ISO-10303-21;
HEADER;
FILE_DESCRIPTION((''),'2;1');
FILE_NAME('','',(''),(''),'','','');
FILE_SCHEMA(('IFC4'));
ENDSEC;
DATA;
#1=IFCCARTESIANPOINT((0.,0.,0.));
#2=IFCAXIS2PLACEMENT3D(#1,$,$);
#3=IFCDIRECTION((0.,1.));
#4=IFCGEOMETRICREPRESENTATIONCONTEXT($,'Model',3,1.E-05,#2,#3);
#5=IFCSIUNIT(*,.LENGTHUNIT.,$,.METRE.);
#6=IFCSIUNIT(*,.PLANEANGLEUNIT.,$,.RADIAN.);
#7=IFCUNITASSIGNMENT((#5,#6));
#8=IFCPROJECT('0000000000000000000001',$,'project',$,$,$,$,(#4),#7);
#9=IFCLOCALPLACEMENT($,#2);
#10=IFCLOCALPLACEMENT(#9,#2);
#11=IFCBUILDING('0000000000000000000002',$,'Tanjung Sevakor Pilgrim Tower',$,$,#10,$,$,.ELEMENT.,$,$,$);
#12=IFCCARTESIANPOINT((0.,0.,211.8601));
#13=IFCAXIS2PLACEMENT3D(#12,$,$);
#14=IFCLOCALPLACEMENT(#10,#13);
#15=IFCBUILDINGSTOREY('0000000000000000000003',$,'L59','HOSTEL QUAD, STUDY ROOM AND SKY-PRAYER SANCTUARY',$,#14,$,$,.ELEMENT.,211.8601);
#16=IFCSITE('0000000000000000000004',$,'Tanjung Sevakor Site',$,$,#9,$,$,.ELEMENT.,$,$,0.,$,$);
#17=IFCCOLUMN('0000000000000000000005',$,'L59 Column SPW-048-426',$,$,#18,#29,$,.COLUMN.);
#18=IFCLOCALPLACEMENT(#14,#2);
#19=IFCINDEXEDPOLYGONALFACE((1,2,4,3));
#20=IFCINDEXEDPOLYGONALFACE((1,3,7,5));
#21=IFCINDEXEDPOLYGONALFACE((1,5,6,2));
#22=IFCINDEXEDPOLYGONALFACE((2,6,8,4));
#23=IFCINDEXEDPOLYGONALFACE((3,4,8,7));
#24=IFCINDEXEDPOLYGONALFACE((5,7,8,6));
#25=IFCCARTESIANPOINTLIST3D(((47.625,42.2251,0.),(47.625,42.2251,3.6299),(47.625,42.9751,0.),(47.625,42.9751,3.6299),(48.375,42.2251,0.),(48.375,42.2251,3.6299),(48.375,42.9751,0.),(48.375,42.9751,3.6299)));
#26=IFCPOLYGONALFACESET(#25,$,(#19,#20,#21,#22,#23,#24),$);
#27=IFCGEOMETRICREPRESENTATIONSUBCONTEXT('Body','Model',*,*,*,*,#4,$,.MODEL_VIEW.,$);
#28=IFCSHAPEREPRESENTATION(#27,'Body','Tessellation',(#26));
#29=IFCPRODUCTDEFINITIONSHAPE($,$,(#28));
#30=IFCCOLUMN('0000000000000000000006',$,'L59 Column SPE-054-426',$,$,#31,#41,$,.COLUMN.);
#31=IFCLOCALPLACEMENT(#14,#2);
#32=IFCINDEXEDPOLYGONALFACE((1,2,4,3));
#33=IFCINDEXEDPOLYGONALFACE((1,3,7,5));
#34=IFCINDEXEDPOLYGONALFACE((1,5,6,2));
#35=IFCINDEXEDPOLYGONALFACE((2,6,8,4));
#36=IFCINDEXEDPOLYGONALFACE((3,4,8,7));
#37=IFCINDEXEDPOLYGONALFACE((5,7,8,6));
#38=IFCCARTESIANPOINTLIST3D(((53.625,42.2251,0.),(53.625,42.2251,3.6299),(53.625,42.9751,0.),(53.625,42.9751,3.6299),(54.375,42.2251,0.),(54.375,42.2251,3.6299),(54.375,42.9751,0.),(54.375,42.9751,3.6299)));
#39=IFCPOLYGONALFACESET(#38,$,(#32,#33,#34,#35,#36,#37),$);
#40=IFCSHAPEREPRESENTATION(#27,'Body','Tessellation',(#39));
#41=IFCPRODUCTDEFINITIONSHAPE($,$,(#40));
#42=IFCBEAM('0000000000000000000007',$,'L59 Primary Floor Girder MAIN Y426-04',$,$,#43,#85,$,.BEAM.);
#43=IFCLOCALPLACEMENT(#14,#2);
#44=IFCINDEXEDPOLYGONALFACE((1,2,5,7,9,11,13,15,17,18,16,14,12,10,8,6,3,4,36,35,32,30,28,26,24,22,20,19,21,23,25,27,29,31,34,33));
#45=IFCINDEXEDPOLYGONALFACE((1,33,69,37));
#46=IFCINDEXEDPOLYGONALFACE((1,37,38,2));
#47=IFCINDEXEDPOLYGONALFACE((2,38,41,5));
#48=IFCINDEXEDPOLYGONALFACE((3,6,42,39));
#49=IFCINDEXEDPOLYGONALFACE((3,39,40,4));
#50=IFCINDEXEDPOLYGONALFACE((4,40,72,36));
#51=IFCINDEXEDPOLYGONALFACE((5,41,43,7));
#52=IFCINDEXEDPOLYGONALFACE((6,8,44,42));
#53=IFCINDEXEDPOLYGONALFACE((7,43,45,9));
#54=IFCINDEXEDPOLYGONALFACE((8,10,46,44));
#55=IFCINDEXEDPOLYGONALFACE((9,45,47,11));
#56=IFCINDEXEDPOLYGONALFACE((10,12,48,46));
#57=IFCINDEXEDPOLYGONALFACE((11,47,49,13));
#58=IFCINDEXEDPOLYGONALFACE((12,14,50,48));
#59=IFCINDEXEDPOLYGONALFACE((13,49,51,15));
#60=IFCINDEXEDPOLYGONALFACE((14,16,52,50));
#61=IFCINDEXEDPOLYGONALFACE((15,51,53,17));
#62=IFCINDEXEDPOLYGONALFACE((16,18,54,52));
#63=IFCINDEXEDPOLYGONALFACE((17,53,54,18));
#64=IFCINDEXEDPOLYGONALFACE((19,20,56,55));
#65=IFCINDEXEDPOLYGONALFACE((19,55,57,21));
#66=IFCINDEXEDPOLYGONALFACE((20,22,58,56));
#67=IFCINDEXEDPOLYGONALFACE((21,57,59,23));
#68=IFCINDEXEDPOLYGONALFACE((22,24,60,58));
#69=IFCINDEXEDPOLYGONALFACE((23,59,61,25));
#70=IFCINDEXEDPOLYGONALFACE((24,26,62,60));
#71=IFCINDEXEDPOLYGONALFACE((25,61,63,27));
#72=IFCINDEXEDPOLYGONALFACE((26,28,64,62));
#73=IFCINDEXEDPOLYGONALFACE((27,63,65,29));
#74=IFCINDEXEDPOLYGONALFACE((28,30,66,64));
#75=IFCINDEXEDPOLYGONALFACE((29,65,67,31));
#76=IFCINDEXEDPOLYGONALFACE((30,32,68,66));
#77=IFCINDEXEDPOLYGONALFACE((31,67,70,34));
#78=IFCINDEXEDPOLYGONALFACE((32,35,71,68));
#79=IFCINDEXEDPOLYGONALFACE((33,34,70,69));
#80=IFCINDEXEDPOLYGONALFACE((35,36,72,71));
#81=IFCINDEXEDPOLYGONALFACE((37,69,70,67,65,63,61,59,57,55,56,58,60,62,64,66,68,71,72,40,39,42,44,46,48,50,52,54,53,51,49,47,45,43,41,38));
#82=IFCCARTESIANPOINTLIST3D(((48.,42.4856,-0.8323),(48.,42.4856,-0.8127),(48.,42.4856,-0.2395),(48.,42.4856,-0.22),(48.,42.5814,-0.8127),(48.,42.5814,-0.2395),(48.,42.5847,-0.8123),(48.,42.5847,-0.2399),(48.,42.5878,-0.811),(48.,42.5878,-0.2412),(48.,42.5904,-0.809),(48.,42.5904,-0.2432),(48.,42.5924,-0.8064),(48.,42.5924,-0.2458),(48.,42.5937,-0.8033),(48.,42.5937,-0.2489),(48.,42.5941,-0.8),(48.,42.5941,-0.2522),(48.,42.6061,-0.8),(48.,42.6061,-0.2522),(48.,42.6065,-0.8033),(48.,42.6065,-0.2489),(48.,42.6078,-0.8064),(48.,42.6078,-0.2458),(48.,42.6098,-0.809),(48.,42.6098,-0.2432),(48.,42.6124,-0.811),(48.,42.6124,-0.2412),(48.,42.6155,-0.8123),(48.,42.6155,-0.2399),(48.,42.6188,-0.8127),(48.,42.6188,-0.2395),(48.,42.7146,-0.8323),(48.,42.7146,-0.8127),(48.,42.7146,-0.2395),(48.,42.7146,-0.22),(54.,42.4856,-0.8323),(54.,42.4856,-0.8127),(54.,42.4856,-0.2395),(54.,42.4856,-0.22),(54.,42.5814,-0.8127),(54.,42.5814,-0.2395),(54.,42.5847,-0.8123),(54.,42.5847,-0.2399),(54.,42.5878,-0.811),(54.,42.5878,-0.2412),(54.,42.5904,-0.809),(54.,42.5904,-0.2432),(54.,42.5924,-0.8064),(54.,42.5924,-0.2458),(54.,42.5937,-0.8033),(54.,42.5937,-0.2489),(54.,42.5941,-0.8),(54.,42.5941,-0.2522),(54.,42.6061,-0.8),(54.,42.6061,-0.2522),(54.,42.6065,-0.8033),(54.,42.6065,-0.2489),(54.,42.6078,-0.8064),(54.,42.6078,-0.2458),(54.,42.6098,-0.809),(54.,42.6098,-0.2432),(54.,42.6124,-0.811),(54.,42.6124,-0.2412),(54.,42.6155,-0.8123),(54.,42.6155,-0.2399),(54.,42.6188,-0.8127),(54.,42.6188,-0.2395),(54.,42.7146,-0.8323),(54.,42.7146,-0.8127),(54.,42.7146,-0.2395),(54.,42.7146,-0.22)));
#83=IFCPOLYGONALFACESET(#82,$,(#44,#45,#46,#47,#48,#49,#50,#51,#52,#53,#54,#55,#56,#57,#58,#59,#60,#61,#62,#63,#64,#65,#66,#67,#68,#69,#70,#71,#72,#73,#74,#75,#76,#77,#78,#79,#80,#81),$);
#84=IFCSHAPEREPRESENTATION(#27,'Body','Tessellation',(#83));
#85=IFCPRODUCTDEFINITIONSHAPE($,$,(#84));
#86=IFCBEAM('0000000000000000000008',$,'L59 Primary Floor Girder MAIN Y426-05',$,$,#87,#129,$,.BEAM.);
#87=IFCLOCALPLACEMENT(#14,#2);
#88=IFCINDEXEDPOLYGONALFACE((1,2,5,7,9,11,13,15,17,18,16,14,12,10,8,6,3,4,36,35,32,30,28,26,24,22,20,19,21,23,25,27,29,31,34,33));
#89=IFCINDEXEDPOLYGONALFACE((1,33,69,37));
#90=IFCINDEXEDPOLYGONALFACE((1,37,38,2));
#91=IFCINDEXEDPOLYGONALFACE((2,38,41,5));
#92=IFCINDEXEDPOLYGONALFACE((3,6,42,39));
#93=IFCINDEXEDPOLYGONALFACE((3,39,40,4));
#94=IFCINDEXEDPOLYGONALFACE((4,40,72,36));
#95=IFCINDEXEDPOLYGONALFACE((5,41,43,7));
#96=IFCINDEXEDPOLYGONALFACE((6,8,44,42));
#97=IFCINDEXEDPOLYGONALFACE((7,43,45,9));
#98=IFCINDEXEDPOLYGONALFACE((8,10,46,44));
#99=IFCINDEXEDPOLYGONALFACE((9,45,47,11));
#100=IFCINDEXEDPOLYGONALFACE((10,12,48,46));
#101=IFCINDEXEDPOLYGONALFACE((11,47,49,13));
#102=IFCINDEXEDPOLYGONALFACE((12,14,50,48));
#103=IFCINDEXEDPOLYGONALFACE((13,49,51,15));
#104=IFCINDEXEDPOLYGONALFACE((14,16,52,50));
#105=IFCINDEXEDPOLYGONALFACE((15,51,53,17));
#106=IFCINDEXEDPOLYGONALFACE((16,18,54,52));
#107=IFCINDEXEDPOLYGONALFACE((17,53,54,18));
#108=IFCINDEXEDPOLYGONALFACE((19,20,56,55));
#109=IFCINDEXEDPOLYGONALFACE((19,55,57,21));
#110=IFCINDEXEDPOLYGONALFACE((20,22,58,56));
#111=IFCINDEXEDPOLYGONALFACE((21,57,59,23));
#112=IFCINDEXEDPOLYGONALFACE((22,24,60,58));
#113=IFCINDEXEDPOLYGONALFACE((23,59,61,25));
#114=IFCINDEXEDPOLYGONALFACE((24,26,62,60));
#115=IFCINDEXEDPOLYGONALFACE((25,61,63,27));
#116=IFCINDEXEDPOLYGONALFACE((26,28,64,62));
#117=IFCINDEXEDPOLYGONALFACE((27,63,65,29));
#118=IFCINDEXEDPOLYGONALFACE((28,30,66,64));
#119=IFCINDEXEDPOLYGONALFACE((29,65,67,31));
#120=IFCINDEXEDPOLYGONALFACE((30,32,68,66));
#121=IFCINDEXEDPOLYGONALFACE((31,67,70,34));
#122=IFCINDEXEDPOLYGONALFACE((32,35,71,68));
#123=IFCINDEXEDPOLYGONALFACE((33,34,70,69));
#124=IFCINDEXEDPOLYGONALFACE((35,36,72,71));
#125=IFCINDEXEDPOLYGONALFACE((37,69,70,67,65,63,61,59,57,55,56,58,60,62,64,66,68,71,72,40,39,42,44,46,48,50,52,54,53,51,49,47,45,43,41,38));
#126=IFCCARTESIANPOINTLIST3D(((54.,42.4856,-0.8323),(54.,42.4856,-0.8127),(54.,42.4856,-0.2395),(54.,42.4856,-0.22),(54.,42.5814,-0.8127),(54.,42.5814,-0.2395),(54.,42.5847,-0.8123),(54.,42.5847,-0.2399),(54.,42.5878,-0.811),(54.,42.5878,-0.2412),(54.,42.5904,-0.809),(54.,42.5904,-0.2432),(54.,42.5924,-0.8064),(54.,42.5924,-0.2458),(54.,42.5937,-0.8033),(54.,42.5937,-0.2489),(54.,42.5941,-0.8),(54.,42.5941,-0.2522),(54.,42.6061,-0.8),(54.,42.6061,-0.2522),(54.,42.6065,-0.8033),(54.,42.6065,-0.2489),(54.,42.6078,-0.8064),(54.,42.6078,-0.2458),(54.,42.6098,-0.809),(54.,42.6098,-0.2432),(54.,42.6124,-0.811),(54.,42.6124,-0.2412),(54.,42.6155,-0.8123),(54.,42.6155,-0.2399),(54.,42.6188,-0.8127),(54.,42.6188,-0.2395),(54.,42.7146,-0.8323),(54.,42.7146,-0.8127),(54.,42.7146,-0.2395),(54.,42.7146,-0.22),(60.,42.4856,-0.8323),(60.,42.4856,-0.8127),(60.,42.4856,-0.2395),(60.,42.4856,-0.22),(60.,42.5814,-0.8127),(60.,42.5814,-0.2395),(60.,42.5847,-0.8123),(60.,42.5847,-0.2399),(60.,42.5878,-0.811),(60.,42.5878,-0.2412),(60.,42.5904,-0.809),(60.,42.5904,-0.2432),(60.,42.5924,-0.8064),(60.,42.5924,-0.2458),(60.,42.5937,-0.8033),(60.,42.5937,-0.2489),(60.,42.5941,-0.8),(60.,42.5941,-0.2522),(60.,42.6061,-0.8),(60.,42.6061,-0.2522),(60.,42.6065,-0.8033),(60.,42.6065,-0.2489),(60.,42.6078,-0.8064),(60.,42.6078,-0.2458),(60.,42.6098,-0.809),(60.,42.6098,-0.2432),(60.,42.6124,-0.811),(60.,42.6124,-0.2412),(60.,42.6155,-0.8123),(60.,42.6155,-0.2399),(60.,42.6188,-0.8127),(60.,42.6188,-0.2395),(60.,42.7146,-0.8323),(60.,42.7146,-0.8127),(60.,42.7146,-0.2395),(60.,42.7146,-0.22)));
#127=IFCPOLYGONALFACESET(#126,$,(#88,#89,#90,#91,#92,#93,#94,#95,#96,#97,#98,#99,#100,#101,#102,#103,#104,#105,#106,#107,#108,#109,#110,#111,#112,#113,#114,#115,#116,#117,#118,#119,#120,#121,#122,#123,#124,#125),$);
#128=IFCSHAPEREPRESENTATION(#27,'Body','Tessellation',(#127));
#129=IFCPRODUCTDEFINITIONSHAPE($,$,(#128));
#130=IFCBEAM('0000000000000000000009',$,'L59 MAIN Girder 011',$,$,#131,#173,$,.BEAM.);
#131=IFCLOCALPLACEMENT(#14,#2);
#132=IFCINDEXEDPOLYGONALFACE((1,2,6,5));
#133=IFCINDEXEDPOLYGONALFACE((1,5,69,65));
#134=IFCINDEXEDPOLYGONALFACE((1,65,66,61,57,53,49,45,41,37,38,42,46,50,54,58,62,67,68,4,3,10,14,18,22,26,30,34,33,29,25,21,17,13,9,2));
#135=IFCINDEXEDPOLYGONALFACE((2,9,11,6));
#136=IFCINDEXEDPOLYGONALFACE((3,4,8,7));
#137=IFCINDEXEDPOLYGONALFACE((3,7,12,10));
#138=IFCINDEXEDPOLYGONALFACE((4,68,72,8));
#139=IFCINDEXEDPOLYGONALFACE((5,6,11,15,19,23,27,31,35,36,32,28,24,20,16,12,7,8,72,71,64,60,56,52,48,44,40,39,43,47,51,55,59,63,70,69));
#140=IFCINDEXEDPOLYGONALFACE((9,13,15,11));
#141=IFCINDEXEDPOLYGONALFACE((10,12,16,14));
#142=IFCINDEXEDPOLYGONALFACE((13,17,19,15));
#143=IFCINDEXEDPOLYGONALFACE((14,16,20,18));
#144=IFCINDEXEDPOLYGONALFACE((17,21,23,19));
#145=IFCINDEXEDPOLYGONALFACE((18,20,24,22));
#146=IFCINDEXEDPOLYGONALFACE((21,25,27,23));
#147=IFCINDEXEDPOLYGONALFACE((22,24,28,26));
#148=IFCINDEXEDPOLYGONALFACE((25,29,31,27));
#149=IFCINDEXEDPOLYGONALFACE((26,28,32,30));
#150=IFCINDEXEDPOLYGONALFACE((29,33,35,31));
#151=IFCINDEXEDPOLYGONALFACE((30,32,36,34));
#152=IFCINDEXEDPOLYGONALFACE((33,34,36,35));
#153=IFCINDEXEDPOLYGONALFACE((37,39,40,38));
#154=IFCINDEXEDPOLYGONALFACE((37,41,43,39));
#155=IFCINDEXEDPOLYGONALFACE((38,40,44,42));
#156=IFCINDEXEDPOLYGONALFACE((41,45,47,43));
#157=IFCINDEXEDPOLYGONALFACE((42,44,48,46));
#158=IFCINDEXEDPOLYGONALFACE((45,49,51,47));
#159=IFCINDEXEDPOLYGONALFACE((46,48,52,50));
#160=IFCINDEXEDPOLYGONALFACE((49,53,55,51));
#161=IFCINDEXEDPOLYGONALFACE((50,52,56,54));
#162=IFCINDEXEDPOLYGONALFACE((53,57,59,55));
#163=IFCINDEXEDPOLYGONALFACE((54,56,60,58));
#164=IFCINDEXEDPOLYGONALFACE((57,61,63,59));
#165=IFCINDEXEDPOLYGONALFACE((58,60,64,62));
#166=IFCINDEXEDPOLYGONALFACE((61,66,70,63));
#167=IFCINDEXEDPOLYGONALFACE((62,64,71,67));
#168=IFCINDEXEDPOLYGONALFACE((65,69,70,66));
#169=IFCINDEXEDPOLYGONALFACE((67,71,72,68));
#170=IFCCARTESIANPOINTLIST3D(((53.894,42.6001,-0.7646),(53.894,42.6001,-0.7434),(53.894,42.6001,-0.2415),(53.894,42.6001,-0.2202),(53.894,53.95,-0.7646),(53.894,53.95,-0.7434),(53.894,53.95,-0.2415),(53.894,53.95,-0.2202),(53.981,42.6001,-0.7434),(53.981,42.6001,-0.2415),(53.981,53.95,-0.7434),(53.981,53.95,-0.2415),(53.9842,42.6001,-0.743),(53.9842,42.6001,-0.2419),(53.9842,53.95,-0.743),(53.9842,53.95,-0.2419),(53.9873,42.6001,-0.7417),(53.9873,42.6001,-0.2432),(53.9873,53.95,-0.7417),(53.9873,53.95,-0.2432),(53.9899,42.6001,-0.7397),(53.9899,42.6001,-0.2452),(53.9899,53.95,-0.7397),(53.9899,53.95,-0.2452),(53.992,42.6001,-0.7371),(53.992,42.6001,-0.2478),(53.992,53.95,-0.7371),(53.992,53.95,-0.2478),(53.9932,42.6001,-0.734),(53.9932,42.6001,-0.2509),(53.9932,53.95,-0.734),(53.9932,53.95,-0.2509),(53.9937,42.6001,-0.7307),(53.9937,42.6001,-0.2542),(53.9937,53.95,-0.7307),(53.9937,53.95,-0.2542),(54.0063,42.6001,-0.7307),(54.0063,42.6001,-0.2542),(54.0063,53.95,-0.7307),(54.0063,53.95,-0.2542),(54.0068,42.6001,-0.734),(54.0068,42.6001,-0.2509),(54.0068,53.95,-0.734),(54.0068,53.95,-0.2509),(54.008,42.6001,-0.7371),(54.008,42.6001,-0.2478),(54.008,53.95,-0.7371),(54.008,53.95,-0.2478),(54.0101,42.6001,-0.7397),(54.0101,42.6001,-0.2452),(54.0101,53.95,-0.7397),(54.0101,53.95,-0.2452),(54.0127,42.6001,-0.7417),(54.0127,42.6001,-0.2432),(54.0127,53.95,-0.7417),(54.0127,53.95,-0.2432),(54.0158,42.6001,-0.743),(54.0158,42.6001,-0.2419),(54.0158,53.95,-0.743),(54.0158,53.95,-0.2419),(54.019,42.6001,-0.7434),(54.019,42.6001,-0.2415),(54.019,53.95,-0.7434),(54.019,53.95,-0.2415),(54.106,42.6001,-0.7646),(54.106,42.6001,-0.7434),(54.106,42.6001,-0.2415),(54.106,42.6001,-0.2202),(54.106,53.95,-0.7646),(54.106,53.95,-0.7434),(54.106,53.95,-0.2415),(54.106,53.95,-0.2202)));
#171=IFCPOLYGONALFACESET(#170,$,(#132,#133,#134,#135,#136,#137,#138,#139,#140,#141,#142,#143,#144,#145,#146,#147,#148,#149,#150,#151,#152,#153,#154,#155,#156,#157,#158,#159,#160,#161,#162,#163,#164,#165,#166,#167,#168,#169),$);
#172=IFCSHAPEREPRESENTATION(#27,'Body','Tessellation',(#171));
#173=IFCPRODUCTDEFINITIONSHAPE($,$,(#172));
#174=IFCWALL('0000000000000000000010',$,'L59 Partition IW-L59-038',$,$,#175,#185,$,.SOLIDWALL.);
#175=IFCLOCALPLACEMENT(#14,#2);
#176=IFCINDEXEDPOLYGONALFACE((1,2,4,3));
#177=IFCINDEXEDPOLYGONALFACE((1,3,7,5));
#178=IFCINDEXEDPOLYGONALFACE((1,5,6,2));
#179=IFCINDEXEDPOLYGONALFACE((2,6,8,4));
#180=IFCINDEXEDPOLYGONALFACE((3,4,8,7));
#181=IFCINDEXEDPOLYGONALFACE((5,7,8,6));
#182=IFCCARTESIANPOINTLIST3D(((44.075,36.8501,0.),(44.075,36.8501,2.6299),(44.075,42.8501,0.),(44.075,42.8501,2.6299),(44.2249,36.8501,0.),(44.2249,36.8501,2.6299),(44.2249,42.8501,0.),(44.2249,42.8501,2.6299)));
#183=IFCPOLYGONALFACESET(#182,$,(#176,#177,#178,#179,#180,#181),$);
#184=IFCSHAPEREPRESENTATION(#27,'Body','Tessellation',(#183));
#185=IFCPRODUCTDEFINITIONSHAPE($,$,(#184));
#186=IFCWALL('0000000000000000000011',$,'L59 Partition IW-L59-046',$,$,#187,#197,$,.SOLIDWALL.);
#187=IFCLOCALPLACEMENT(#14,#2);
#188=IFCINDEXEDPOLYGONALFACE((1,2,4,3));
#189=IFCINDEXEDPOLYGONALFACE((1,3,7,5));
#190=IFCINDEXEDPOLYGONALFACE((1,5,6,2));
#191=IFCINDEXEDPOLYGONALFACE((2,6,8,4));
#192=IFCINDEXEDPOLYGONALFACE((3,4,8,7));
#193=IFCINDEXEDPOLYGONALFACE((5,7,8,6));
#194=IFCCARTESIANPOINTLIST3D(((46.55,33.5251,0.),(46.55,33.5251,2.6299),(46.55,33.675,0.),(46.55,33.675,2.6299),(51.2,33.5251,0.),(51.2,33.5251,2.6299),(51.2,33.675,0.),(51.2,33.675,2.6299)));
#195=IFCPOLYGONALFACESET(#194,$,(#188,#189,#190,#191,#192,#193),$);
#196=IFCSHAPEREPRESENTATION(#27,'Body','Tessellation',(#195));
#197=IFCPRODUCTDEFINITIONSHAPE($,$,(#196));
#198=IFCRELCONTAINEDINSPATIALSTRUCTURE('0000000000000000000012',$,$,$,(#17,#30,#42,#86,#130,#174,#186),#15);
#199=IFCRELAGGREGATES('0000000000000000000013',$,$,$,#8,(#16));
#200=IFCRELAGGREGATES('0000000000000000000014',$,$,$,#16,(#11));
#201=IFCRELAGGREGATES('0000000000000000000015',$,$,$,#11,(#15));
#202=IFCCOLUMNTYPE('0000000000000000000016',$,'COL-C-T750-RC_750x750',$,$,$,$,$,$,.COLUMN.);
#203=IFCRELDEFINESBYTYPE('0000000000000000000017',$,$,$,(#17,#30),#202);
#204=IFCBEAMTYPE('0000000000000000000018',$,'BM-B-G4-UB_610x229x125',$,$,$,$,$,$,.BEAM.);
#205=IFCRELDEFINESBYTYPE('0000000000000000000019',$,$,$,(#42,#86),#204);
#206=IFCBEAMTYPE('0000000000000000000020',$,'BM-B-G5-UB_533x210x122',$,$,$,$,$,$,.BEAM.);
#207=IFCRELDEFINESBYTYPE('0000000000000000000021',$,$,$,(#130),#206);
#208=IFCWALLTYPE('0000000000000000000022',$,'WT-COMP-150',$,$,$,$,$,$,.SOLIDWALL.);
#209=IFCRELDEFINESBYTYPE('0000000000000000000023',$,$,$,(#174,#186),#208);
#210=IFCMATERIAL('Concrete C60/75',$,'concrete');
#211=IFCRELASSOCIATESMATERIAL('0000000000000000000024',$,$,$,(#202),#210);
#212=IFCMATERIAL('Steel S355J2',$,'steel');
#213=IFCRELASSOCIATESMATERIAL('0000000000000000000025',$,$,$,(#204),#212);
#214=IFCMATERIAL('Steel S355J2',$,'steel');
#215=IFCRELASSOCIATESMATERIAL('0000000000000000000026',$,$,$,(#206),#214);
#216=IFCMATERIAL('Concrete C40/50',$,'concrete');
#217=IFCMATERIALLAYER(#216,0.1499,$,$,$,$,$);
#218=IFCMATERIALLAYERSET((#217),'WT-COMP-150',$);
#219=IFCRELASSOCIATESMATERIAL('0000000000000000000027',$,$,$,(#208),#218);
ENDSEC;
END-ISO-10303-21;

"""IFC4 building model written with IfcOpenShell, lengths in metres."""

from ifc_helpers import new_model, si_unit, direction, frame, frame_2d, origin, origin_2d, place, context, subcontext, project, spatial, rectangle, i_section, extrude, material, layer, layer_set, material_profile, profile_set, type_object, element, save


model = new_model("IFC4")

# Units and contexts
model_context = context("Model", 3, precision=1e-05, world=origin(), true_north=direction((0.0, 1.0)))
body_context = subcontext(model_context, "Body", "Model", "MODEL_VIEW")
ifc_project = project(units=[si_unit("LENGTHUNIT", "METRE"), si_unit("PLANEANGLEUNIT", "RADIAN")], contexts=[model_context])

# Site, building, storey
site_placement = place(None, origin())
site = spatial("IfcSite", under=ifc_project, at=site_placement, Name="Tanjung Sevakor Site", CompositionType="ELEMENT", RefElevation=0.0)
building_placement = place(site_placement, origin())
building = spatial("IfcBuilding", under=site, at=building_placement, Name="Tanjung Sevakor Pilgrim Tower", CompositionType="ELEMENT")
storey_placement = place(building_placement, frame((0.0, 0.0, 211.8601)))
storey = spatial("IfcBuildingStorey", under=building, at=storey_placement, Name="L59", Description="HOSTEL QUAD, STUDY ROOM AND SKY-PRAYER SANCTUARY", CompositionType="ELEMENT", Elevation=211.8601)

# Columns
ifc_material_1 = material(Name="Concrete C60/75", Category="concrete")
ifc_material_profile_1 = material_profile(ifc_material_1, rectangle(XDim=0.75, YDim=0.75, at=origin_2d()))
ifc_profile_set_1 = profile_set([ifc_material_profile_1], Name="Concrete C60/75")
column_type = type_object("IfcColumnType", Name="COL-C-T750-RC_750x750", PredefinedType="COLUMN", material=ifc_profile_set_1)
for number, where, z_axis, x_axis, name in (
    (1, (48.0, 42.6001, 0.0), (0.0, 0.0, 1.0), (1.0, 0.0, 0.0), "L59 Column SPW-048-426"),
    (2, (54.0, 42.6001, 0.0), (0.0, 0.0, 1.0), (1.0, 0.0, 0.0), "L59 Column SPE-054-426"),
):
    element("IfcColumn", number, at=place(storey_placement, frame(where, z_axis=z_axis, x_axis=x_axis)), inside=storey, type_object=column_type, Name=name, PredefinedType="COLUMN", context=body_context, shape_type="SweptSolid", body=[
        extrude(rectangle(XDim=0.75, YDim=0.75, at=origin_2d()), origin(), (0.0, 0.0, 1.0), 3.6299),
    ])

# Beams
ifc_material_2 = material(Name="Steel S355J2", Category="steel")
ifc_material_profile_2 = material_profile(ifc_material_2, i_section(OverallWidth=0.229, OverallDepth=0.6123, WebThickness=0.012, FlangeThickness=0.0195, FilletRadius=0.0127, at=origin_2d()))
ifc_profile_set_2 = profile_set([ifc_material_profile_2], Name="Steel S355J2")
beam_type_1 = type_object("IfcBeamType", Name="BM-B-G4-UB_610x229x125", PredefinedType="BEAM", material=ifc_profile_set_2)
for number, where, z_axis, x_axis, name in (
    (3, (48.0, 42.6001, -0.5261), (1.0, 0.0, 0.0), (0.0, 1.0, 0.0), "L59 Primary Floor Girder MAIN Y426-04"),
    (4, (54.0, 42.6001, -0.5261), (1.0, 0.0, 0.0), (0.0, 1.0, 0.0), "L59 Primary Floor Girder MAIN Y426-05"),
):
    element("IfcBeam", number, at=place(storey_placement, frame(where, z_axis=z_axis, x_axis=x_axis)), inside=storey, type_object=beam_type_1, Name=name, PredefinedType="BEAM", context=body_context, shape_type="SweptSolid", body=[
        extrude(i_section(OverallWidth=0.229, OverallDepth=0.6123, WebThickness=0.012, FlangeThickness=0.0195, FilletRadius=0.0127, at=origin_2d()), origin(), (0.0, 0.0, 1.0), 6.0),
    ])
ifc_material_3 = material(Name="Steel S355J2", Category="steel")
ifc_material_profile_3 = material_profile(ifc_material_3, i_section(OverallWidth=0.2119, OverallDepth=0.5444, WebThickness=0.0127, FlangeThickness=0.0212, FilletRadius=0.0127, at=origin_2d()))
ifc_profile_set_3 = profile_set([ifc_material_profile_3], Name="Steel S355J2")
beam_type_2 = type_object("IfcBeamType", Name="BM-B-G5-UB_533x210x122", PredefinedType="BEAM", material=ifc_profile_set_3)
beam_placement = place(storey_placement, frame((54.0, 42.6001, -0.4924), z_axis=(0.0, 1.0, 0.0), x_axis=(-1.0, 0.0, 0.0)))
element("IfcBeam", 5, at=beam_placement, inside=storey, type_object=beam_type_2, Name="L59 MAIN Girder 011", PredefinedType="BEAM", context=body_context, shape_type="SweptSolid", body=[
    extrude(i_section(OverallWidth=0.2119, OverallDepth=0.5444, WebThickness=0.0127, FlangeThickness=0.0212, FilletRadius=0.0127, at=origin_2d()), origin(), (0.0, 0.0, 1.0), 11.3499),
])

# Walls
ifc_material_4 = material(Name="Concrete C40/50", Category="concrete")
ifc_layer_1 = layer(ifc_material_4, 0.1499)
ifc_layer_set_1 = layer_set([ifc_layer_1], Name="WT-COMP-150")
wall_type_1 = type_object("IfcWallType", Name="WT-COMP-150", PredefinedType="SOLIDWALL", material=ifc_layer_set_1)
wall_1_placement = place(storey_placement, frame((44.1499, 36.8501, 0.0), z_axis=(0.0, 0.0, 1.0), x_axis=(0.0, 1.0, 0.0)))
element("IfcWall", 6, at=wall_1_placement, inside=storey, type_object=wall_type_1, Name="L59 Partition IW-L59-038", PredefinedType="SOLIDWALL", context=body_context, shape_type="SweptSolid", body=[
    extrude(rectangle(XDim=6.0, YDim=0.1499, at=frame_2d((3.0, 0.0))), origin(), (0.0, 0.0, 1.0), 2.6299),
])
for number, where, z_axis, x_axis, name in (
    (7, (46.55, 33.6001, 0.0), (0.0, 0.0, 1.0), (1.0, 0.0, 0.0), "L59 Partition IW-L59-046"),
):
    element("IfcWall", number, at=place(storey_placement, frame(where, z_axis=z_axis, x_axis=x_axis)), inside=storey, type_object=wall_type_1, Name=name, PredefinedType="SOLIDWALL", context=body_context, shape_type="SweptSolid", body=[
        extrude(rectangle(XDim=4.6499, YDim=0.1499, at=frame_2d((2.325, 0.0))), origin(), (0.0, 0.0, 1.0), 2.6299),
    ])

save(model, "model.ifc")
